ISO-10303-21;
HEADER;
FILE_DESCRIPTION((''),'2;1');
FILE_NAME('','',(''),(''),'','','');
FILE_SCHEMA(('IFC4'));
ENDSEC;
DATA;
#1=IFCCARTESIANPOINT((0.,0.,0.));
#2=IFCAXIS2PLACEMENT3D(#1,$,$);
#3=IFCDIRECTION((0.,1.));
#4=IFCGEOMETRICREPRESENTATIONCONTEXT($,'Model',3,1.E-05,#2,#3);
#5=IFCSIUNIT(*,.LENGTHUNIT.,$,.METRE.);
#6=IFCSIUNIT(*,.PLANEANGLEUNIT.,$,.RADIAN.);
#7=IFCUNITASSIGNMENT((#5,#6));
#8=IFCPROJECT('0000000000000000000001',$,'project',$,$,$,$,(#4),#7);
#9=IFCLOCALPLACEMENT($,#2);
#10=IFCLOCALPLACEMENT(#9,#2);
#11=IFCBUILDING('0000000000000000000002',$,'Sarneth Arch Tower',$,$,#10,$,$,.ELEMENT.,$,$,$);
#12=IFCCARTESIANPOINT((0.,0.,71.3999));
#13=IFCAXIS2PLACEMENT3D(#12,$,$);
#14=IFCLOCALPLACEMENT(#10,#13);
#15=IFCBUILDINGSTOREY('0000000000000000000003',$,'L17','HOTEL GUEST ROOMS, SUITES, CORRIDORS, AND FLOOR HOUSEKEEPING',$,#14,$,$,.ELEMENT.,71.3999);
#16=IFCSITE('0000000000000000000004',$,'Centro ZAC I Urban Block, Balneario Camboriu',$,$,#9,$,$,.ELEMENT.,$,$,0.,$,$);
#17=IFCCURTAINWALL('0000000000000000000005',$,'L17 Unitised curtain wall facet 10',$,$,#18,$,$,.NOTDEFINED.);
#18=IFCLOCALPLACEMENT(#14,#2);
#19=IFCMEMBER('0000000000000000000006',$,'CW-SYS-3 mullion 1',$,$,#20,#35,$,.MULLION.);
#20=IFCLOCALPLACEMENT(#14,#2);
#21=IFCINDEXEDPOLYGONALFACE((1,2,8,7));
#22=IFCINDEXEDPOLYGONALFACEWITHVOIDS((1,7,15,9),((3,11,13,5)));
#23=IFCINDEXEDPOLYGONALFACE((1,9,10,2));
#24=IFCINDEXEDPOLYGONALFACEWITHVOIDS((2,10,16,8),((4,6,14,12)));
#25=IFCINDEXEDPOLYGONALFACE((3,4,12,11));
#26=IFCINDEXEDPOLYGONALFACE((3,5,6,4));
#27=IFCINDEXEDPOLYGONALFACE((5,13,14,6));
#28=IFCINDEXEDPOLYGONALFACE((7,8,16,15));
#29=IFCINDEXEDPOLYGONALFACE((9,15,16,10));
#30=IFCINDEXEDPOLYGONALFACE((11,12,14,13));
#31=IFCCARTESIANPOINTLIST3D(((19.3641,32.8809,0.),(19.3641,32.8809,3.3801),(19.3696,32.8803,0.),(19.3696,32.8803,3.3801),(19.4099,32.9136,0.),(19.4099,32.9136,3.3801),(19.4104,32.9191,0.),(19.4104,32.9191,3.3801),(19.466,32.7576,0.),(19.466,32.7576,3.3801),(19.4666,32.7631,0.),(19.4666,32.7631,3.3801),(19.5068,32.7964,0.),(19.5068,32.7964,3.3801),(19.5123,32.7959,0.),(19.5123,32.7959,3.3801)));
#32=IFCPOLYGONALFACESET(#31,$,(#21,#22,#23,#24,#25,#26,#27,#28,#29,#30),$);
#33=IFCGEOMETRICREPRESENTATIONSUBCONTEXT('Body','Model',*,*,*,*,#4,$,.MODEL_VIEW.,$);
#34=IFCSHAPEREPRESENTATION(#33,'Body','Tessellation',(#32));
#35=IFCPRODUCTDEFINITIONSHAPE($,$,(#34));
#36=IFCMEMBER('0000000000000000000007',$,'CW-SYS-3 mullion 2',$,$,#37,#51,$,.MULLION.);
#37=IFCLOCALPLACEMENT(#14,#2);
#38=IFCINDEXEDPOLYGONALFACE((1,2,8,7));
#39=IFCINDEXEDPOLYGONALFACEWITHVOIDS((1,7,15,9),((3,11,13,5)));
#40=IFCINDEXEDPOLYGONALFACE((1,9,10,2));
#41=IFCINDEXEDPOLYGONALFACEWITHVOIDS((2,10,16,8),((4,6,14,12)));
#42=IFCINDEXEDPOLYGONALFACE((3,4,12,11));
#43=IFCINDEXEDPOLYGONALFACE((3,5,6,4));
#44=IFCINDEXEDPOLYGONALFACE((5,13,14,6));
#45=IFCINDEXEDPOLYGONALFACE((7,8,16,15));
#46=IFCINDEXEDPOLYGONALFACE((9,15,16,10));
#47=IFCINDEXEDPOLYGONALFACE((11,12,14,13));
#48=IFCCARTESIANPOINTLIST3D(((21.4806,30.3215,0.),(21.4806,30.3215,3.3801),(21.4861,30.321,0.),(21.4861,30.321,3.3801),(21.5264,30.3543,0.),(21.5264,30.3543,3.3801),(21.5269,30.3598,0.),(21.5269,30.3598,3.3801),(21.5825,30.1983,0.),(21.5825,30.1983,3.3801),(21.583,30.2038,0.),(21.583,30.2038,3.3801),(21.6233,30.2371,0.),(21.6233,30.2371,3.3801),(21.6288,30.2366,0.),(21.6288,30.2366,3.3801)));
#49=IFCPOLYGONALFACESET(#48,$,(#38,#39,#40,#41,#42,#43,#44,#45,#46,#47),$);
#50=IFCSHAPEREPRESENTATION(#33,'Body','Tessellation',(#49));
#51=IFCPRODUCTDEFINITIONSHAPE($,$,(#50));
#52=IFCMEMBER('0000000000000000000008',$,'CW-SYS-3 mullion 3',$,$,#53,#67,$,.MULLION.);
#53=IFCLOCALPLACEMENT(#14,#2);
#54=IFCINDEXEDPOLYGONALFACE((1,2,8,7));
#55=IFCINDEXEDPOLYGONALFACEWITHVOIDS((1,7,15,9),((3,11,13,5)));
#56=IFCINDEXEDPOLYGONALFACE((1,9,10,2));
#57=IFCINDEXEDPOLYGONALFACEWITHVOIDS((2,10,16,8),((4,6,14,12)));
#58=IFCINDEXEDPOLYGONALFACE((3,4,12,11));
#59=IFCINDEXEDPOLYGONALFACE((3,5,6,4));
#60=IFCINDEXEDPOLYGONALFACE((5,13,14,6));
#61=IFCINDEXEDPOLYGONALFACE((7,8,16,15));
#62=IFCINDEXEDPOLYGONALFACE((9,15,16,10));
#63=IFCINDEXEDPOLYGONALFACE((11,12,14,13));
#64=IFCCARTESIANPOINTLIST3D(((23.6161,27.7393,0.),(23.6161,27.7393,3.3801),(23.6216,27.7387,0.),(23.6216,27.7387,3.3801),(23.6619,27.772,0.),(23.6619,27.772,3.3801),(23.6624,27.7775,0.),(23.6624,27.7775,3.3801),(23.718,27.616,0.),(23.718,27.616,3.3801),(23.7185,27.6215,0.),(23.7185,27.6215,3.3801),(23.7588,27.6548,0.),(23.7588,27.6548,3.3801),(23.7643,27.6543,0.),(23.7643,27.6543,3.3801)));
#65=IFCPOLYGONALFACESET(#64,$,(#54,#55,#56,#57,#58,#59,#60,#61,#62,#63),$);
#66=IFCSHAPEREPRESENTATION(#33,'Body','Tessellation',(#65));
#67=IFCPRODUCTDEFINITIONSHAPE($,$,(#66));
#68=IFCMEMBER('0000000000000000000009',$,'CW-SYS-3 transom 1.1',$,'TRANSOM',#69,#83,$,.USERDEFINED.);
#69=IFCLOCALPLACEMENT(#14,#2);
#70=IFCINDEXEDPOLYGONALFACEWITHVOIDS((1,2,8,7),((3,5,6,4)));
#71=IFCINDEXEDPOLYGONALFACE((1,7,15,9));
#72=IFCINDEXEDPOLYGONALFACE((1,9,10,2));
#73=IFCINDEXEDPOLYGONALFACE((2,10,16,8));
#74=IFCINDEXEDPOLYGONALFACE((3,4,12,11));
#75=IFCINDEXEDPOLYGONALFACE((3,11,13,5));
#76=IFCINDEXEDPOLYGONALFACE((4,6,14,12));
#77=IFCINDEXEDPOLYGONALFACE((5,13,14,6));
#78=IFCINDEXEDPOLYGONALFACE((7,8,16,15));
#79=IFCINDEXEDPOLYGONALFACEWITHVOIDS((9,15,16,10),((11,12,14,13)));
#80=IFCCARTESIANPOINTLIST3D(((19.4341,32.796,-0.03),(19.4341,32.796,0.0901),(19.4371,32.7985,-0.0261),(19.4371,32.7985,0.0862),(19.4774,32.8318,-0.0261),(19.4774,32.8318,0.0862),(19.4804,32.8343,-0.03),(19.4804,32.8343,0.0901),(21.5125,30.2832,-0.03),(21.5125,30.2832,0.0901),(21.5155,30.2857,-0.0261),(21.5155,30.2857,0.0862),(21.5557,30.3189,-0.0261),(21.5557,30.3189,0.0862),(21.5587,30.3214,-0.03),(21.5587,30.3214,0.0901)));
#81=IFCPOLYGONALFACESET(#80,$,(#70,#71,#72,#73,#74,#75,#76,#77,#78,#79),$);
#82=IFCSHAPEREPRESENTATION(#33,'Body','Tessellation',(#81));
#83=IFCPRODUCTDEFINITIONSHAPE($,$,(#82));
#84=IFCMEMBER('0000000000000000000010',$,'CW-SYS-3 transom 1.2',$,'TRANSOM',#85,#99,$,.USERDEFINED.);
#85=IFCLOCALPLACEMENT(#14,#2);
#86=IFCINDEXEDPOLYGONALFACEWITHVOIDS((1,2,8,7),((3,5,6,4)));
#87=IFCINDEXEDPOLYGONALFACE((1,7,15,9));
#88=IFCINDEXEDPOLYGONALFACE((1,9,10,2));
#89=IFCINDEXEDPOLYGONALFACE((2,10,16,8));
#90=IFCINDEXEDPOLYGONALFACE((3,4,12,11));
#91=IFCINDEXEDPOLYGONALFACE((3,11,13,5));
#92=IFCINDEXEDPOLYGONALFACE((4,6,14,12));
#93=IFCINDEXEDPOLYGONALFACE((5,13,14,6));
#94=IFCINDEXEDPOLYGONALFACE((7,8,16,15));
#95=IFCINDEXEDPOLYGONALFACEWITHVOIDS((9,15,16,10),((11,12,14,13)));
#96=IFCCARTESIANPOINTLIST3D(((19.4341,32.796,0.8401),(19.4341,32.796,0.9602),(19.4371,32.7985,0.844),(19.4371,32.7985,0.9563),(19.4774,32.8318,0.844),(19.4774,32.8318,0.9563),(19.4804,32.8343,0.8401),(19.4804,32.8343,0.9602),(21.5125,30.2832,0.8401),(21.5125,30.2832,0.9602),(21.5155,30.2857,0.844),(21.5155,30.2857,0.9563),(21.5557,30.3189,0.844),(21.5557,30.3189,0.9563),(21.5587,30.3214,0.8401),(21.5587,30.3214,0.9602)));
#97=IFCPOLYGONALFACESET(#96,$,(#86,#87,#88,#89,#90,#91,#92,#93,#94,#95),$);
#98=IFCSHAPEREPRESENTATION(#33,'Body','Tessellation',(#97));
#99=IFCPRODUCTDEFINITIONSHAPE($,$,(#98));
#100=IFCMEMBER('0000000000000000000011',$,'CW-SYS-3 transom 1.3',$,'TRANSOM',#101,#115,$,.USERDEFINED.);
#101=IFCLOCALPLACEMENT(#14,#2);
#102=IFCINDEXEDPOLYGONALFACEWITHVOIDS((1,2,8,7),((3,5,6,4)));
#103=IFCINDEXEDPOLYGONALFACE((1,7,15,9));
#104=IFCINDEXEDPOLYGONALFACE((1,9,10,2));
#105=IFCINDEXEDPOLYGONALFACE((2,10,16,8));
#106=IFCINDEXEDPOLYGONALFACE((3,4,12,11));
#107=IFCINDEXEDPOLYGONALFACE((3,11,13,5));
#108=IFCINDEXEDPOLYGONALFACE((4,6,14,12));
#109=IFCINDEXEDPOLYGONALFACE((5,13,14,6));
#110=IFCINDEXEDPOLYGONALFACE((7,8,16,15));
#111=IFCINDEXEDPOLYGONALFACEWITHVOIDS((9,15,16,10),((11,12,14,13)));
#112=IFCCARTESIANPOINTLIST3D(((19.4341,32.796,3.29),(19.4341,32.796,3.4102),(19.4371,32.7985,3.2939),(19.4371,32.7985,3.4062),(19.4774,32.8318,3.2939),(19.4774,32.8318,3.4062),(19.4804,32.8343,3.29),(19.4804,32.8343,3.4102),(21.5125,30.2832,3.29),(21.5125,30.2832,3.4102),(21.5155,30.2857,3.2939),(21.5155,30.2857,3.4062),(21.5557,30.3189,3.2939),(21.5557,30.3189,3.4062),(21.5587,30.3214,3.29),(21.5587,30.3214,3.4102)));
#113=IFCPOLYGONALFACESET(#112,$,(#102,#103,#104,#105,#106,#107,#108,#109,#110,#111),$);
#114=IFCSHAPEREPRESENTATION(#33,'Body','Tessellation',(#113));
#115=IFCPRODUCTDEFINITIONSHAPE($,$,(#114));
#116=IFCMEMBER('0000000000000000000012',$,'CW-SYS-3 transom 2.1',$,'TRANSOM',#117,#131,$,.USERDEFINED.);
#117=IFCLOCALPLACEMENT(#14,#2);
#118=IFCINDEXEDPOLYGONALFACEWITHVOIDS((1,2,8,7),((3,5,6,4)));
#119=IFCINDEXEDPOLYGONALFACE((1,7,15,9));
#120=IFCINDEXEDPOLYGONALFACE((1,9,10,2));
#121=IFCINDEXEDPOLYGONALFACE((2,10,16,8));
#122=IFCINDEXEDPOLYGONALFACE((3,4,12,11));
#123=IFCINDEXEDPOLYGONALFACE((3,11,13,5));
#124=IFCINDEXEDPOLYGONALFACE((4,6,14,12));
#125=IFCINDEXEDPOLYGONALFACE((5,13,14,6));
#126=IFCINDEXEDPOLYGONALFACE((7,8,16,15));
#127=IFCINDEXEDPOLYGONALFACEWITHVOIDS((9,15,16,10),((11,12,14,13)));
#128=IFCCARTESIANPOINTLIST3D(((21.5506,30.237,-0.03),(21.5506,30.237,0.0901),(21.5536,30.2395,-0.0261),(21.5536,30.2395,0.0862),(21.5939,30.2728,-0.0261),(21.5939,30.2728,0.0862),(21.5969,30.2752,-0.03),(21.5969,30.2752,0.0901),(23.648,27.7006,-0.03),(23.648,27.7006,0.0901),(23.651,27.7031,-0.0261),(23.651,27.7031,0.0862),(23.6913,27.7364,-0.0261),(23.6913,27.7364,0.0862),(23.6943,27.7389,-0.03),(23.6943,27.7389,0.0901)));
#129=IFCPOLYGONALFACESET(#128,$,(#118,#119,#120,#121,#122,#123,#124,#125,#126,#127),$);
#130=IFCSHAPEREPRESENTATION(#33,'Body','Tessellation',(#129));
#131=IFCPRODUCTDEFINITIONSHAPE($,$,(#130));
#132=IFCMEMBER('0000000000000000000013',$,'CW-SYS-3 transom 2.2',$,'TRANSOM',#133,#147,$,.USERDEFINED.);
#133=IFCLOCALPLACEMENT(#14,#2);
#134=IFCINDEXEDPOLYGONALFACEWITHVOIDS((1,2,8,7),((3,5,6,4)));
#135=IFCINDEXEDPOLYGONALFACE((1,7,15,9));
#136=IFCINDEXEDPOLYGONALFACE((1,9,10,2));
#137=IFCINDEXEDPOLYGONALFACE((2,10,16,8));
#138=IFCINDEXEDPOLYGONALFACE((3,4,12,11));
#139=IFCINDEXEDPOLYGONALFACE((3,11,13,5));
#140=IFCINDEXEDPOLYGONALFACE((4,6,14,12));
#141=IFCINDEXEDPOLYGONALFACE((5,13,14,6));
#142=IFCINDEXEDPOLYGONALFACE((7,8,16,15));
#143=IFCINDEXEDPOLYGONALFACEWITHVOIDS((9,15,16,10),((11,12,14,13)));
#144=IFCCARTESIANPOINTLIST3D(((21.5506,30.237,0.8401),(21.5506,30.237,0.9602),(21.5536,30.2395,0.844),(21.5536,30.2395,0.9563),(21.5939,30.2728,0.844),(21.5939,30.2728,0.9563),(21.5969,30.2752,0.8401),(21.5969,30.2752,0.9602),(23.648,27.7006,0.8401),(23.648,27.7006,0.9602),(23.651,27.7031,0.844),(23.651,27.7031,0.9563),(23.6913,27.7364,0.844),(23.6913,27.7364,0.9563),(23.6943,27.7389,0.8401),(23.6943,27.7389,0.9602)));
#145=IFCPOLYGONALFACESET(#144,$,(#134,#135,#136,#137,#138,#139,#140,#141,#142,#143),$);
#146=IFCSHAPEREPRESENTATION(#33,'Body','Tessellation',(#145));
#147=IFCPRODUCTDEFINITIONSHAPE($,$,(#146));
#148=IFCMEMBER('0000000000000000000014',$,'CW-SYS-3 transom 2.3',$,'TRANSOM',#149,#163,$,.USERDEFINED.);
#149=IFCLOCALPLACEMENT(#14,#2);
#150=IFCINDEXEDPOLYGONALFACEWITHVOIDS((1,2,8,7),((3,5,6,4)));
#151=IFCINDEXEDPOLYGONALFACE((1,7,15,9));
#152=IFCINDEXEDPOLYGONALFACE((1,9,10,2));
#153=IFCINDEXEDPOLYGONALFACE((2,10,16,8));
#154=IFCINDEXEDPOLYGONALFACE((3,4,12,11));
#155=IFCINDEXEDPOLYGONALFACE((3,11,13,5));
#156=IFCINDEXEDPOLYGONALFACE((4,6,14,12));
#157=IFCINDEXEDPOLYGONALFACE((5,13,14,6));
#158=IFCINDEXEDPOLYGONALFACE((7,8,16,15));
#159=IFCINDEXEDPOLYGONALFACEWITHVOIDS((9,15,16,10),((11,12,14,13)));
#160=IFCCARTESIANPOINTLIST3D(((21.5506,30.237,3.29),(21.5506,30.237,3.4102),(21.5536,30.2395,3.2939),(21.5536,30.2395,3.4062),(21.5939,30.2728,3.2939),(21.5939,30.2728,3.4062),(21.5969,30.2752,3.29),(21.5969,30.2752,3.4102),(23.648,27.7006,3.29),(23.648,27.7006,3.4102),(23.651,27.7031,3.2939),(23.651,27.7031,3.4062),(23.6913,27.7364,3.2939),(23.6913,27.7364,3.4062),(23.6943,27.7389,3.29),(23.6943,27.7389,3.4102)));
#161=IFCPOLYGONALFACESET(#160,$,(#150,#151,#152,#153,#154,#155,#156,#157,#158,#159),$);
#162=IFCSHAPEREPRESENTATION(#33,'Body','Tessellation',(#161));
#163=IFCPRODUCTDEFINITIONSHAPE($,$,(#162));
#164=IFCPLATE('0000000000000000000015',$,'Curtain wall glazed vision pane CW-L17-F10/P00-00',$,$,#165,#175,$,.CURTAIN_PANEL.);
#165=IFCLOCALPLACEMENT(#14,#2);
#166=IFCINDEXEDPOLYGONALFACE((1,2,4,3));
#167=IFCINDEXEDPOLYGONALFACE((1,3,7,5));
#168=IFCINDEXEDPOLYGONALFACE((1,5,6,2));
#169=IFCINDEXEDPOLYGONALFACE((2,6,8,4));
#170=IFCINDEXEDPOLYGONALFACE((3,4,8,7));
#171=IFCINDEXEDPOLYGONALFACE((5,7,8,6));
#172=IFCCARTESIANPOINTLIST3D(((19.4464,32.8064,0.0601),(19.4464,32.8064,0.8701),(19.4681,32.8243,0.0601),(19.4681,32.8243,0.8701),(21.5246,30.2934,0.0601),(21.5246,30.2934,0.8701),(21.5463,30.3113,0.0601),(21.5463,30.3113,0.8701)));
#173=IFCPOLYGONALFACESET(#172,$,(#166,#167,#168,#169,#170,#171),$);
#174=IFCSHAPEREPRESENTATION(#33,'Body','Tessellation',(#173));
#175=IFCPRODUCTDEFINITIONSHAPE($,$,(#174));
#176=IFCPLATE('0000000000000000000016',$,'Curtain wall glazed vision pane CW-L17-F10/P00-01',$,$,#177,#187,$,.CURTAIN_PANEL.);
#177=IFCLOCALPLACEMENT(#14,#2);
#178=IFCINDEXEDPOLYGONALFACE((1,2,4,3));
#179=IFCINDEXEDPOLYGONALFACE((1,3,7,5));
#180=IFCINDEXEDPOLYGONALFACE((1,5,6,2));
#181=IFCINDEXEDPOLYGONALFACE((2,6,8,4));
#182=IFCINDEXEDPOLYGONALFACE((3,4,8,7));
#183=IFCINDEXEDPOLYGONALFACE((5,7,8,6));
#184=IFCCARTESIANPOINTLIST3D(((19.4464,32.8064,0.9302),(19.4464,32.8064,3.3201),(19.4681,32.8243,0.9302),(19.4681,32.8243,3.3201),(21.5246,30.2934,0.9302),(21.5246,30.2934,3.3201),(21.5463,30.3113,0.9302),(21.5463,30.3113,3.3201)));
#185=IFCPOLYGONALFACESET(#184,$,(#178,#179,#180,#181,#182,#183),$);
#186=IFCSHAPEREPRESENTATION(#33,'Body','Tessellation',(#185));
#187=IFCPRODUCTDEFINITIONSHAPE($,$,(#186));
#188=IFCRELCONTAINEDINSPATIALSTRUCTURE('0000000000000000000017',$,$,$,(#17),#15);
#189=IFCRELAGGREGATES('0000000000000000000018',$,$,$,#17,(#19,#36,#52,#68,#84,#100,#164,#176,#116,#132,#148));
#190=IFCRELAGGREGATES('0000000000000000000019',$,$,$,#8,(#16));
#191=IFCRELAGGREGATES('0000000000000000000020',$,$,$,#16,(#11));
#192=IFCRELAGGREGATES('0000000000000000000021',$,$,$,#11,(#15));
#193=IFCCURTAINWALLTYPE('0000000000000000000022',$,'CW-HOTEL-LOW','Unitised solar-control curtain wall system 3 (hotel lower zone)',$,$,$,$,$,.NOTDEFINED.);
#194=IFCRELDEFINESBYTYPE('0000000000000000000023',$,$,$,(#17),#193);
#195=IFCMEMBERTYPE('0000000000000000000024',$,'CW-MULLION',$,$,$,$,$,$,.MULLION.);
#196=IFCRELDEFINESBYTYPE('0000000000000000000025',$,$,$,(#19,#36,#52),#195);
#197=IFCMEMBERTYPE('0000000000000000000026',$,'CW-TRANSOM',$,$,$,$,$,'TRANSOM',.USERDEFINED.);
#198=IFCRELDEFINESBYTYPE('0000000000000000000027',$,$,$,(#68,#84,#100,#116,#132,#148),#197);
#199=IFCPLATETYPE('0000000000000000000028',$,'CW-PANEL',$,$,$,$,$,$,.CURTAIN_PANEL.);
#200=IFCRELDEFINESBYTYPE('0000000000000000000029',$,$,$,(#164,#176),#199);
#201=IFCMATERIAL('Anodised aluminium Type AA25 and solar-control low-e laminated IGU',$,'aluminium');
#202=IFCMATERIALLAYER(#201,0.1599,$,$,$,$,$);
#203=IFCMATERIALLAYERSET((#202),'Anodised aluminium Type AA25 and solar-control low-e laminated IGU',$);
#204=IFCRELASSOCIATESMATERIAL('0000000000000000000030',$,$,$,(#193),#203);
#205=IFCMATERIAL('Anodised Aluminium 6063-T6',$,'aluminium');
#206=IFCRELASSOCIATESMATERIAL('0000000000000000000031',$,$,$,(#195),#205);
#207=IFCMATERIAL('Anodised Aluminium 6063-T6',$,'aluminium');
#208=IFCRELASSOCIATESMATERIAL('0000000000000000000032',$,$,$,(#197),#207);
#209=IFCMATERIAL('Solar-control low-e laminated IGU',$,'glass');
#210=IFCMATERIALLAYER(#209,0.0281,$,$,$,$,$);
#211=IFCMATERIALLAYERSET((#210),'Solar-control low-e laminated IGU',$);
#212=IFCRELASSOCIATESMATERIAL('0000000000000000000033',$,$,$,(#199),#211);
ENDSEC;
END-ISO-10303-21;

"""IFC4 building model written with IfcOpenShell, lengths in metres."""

from ifc_helpers import new_model, si_unit, direction, frame, origin, origin_2d, place, context, subcontext, project, spatial, rectangle, hollow_rectangle, extrude, material, layer, layer_set, material_profile, profile_set, type_object, element, aggregate, save


model = new_model("IFC4")

# Units and contexts
model_context = context("Model", 3, precision=1e-05, world=origin(), true_north=direction((0.0, 1.0)))
body_context = subcontext(model_context, "Body", "Model", "MODEL_VIEW")
ifc_project = project(units=[si_unit("LENGTHUNIT", "METRE"), si_unit("PLANEANGLEUNIT", "RADIAN")], contexts=[model_context])

# Site, building, storey
site_placement = place(None, origin())
site = spatial("IfcSite", under=ifc_project, at=site_placement, Name="Centro ZAC I Urban Block, Balneario Camboriu", CompositionType="ELEMENT", RefElevation=0.0)
building_placement = place(site_placement, origin())
building = spatial("IfcBuilding", under=site, at=building_placement, Name="Sarneth Arch Tower", CompositionType="ELEMENT")
storey_placement = place(building_placement, frame((0.0, 0.0, 71.3999)))
storey = spatial("IfcBuildingStorey", under=building, at=storey_placement, Name="L17", Description="HOTEL GUEST ROOMS, SUITES, CORRIDORS, AND FLOOR HOUSEKEEPING", CompositionType="ELEMENT", Elevation=71.3999)

# Curtain wall, members, plates
ifc_material_1 = material(Name="Anodised aluminium Type AA25 and solar-control low-e laminated IGU", Category="aluminium")
ifc_layer_1 = layer(ifc_material_1, 0.1599)
ifc_layer_set_1 = layer_set([ifc_layer_1], Name="Anodised aluminium Type AA25 and solar-control low-e laminated IGU")
curtain_wall_type = type_object("IfcCurtainWallType", Name="CW-HOTEL-LOW", Description="Unitised solar-control curtain wall system 3 (hotel lower zone)", PredefinedType="NOTDEFINED", material=ifc_layer_set_1)
curtain_wall_placement = place(storey_placement, origin())
curtain_wall = element("IfcCurtainWall", 1, at=curtain_wall_placement, inside=storey, type_object=curtain_wall_type, Name="L17 Unitised curtain wall facet 10", PredefinedType="NOTDEFINED")
ifc_material_2 = material(Name="Anodised Aluminium 6063-T6", Category="aluminium")
ifc_material_profile_1 = material_profile(ifc_material_2, hollow_rectangle(XDim=0.0601, YDim=0.1599, WallThickness=0.0039, at=origin_2d()), Name="AL-MULL-160x60x4")
ifc_profile_set_1 = profile_set([ifc_material_profile_1], Name="Anodised Aluminium 6063-T6")
member_type_1 = type_object("IfcMemberType", Name="CW-MULLION", PredefinedType="MULLION", material=ifc_profile_set_1)
member_1_placement = place(storey_placement, frame((19.4382, 32.8384, 0.0), z_axis=(0.0, 0.0, 1.0), x_axis=(0.770623, 0.637291, 0.0)))
member_1 = element("IfcMember", 2, at=member_1_placement, type_object=member_type_1, Name="CW-SYS-3 mullion 1", PredefinedType="MULLION", context=body_context, shape_type="SweptSolid", body=[
    extrude(hollow_rectangle(XDim=0.0601, YDim=0.1599, WallThickness=0.0039, at=origin_2d()), origin(), (0.0, 0.0, 1.0), 3.3801),
])
member_2_placement = place(storey_placement, frame((21.5547, 30.2791, 0.0), z_axis=(0.0, 0.0, 1.0), x_axis=(0.770623, 0.637291, 0.0)))
member_2 = element("IfcMember", 3, at=member_2_placement, type_object=member_type_1, Name="CW-SYS-3 mullion 2", PredefinedType="MULLION", context=body_context, shape_type="SweptSolid", body=[
    extrude(hollow_rectangle(XDim=0.0601, YDim=0.1599, WallThickness=0.0039, at=origin_2d()), origin(), (0.0, 0.0, 1.0), 3.3801),
])
member_3_placement = place(storey_placement, frame((23.6902, 27.6968, 0.0), z_axis=(0.0, 0.0, 1.0), x_axis=(0.770623, 0.637291, 0.0)))
member_3 = element("IfcMember", 4, at=member_3_placement, type_object=member_type_1, Name="CW-SYS-3 mullion 3", PredefinedType="MULLION", context=body_context, shape_type="SweptSolid", body=[
    extrude(hollow_rectangle(XDim=0.0601, YDim=0.1599, WallThickness=0.0039, at=origin_2d()), origin(), (0.0, 0.0, 1.0), 3.3801),
])
ifc_material_3 = material(Name="Anodised Aluminium 6063-T6", Category="aluminium")
ifc_material_profile_2 = material_profile(ifc_material_3, hollow_rectangle(XDim=0.0601, YDim=0.1201, WallThickness=0.0039, at=origin_2d()), Name="AL-TRAN-120x60x4")
ifc_profile_set_2 = profile_set([ifc_material_profile_2], Name="Anodised Aluminium 6063-T6")
member_type_2 = type_object("IfcMemberType", Name="CW-TRANSOM", ElementType="TRANSOM", PredefinedType="USERDEFINED", material=ifc_profile_set_2)
member_4_placement = place(storey_placement, frame((19.4573, 32.8152, 0.03), z_axis=(0.63733, -0.770591, 0.0), x_axis=(0.770591, 0.63733, 0.0)))
member_4 = element("IfcMember", 5, at=member_4_placement, type_object=member_type_2, Name="CW-SYS-3 transom 1.1", ObjectType="TRANSOM", PredefinedType="USERDEFINED", context=body_context, shape_type="SweptSolid", body=[
    extrude(hollow_rectangle(XDim=0.0601, YDim=0.1201, WallThickness=0.0039, at=origin_2d()), origin(), (0.0, 0.0, 1.0), 3.261),
])
member_5_placement = place(storey_placement, frame((19.4573, 32.8152, 0.9001), z_axis=(0.63733, -0.770591, 0.0), x_axis=(0.770591, 0.63733, 0.0)))
member_5 = element("IfcMember", 6, at=member_5_placement, type_object=member_type_2, Name="CW-SYS-3 transom 1.2", ObjectType="TRANSOM", PredefinedType="USERDEFINED", context=body_context, shape_type="SweptSolid", body=[
    extrude(hollow_rectangle(XDim=0.0601, YDim=0.1201, WallThickness=0.0039, at=origin_2d()), origin(), (0.0, 0.0, 1.0), 3.261),
])
member_6_placement = place(storey_placement, frame((19.4573, 32.8152, 3.3501), z_axis=(0.63733, -0.770591, 0.0), x_axis=(0.770591, 0.63733, 0.0)))
member_6 = element("IfcMember", 7, at=member_6_placement, type_object=member_type_2, Name="CW-SYS-3 transom 1.3", ObjectType="TRANSOM", PredefinedType="USERDEFINED", context=body_context, shape_type="SweptSolid", body=[
    extrude(hollow_rectangle(XDim=0.0601, YDim=0.1201, WallThickness=0.0039, at=origin_2d()), origin(), (0.0, 0.0, 1.0), 3.261),
])
member_7_placement = place(storey_placement, frame((21.5737, 30.2561, 0.03), z_axis=(0.637269, -0.770642, 0.0), x_axis=(0.770642, 0.637269, 0.0)))
member_7 = element("IfcMember", 8, at=member_7_placement, type_object=member_type_2, Name="CW-SYS-3 transom 2.1", ObjectType="TRANSOM", PredefinedType="USERDEFINED", context=body_context, shape_type="SweptSolid", body=[
    extrude(hollow_rectangle(XDim=0.0601, YDim=0.1201, WallThickness=0.0039, at=origin_2d()), origin(), (0.0, 0.0, 1.0), 3.2913),
])
member_8_placement = place(storey_placement, frame((21.5737, 30.2561, 0.9001), z_axis=(0.637269, -0.770642, 0.0), x_axis=(0.770642, 0.637269, 0.0)))
member_8 = element("IfcMember", 9, at=member_8_placement, type_object=member_type_2, Name="CW-SYS-3 transom 2.2", ObjectType="TRANSOM", PredefinedType="USERDEFINED", context=body_context, shape_type="SweptSolid", body=[
    extrude(hollow_rectangle(XDim=0.0601, YDim=0.1201, WallThickness=0.0039, at=origin_2d()), origin(), (0.0, 0.0, 1.0), 3.2913),
])
member_9_placement = place(storey_placement, frame((21.5737, 30.2561, 3.3501), z_axis=(0.637269, -0.770642, 0.0), x_axis=(0.770642, 0.637269, 0.0)))
member_9 = element("IfcMember", 10, at=member_9_placement, type_object=member_type_2, Name="CW-SYS-3 transom 2.3", ObjectType="TRANSOM", PredefinedType="USERDEFINED", context=body_context, shape_type="SweptSolid", body=[
    extrude(hollow_rectangle(XDim=0.0601, YDim=0.1201, WallThickness=0.0039, at=origin_2d()), origin(), (0.0, 0.0, 1.0), 3.2913),
])
ifc_material_4 = material(Name="Solar-control low-e laminated IGU", Category="glass")
ifc_layer_2 = layer(ifc_material_4, 0.0281)
ifc_layer_set_2 = layer_set([ifc_layer_2], Name="Solar-control low-e laminated IGU")
plate_type_1 = type_object("IfcPlateType", Name="CW-PANEL", PredefinedType="CURTAIN_PANEL", material=ifc_layer_set_2)
plate_1_placement = place(storey_placement, frame((20.4963, 31.5588, 0.0601), z_axis=(0.0, 0.0, 1.0), x_axis=(0.637291, -0.770623, 0.0)))
plate_1 = element("IfcPlate", 11, at=plate_1_placement, type_object=plate_type_1, Name="Curtain wall glazed vision pane CW-L17-F10/P00-00", PredefinedType="CURTAIN_PANEL", context=body_context, shape_type="SweptSolid", body=[
    extrude(rectangle(XDim=3.261, YDim=0.0281, at=origin_2d()), origin(), (0.0, 0.0, 1.0), 0.8101),
])
plate_2_placement = place(storey_placement, frame((20.4963, 31.5588, 0.9302), z_axis=(0.0, 0.0, 1.0), x_axis=(0.637291, -0.770623, 0.0)))
plate_2 = element("IfcPlate", 12, at=plate_2_placement, type_object=plate_type_1, Name="Curtain wall glazed vision pane CW-L17-F10/P00-01", PredefinedType="CURTAIN_PANEL", context=body_context, shape_type="SweptSolid", body=[
    extrude(rectangle(XDim=3.261, YDim=0.0281, at=origin_2d()), origin(), (0.0, 0.0, 1.0), 2.3899),
])
aggregate(curtain_wall, [member_1, member_2, member_3, member_4, member_5, member_6, plate_1, plate_2, member_7, member_8, member_9])

save(model, "model.ifc")
